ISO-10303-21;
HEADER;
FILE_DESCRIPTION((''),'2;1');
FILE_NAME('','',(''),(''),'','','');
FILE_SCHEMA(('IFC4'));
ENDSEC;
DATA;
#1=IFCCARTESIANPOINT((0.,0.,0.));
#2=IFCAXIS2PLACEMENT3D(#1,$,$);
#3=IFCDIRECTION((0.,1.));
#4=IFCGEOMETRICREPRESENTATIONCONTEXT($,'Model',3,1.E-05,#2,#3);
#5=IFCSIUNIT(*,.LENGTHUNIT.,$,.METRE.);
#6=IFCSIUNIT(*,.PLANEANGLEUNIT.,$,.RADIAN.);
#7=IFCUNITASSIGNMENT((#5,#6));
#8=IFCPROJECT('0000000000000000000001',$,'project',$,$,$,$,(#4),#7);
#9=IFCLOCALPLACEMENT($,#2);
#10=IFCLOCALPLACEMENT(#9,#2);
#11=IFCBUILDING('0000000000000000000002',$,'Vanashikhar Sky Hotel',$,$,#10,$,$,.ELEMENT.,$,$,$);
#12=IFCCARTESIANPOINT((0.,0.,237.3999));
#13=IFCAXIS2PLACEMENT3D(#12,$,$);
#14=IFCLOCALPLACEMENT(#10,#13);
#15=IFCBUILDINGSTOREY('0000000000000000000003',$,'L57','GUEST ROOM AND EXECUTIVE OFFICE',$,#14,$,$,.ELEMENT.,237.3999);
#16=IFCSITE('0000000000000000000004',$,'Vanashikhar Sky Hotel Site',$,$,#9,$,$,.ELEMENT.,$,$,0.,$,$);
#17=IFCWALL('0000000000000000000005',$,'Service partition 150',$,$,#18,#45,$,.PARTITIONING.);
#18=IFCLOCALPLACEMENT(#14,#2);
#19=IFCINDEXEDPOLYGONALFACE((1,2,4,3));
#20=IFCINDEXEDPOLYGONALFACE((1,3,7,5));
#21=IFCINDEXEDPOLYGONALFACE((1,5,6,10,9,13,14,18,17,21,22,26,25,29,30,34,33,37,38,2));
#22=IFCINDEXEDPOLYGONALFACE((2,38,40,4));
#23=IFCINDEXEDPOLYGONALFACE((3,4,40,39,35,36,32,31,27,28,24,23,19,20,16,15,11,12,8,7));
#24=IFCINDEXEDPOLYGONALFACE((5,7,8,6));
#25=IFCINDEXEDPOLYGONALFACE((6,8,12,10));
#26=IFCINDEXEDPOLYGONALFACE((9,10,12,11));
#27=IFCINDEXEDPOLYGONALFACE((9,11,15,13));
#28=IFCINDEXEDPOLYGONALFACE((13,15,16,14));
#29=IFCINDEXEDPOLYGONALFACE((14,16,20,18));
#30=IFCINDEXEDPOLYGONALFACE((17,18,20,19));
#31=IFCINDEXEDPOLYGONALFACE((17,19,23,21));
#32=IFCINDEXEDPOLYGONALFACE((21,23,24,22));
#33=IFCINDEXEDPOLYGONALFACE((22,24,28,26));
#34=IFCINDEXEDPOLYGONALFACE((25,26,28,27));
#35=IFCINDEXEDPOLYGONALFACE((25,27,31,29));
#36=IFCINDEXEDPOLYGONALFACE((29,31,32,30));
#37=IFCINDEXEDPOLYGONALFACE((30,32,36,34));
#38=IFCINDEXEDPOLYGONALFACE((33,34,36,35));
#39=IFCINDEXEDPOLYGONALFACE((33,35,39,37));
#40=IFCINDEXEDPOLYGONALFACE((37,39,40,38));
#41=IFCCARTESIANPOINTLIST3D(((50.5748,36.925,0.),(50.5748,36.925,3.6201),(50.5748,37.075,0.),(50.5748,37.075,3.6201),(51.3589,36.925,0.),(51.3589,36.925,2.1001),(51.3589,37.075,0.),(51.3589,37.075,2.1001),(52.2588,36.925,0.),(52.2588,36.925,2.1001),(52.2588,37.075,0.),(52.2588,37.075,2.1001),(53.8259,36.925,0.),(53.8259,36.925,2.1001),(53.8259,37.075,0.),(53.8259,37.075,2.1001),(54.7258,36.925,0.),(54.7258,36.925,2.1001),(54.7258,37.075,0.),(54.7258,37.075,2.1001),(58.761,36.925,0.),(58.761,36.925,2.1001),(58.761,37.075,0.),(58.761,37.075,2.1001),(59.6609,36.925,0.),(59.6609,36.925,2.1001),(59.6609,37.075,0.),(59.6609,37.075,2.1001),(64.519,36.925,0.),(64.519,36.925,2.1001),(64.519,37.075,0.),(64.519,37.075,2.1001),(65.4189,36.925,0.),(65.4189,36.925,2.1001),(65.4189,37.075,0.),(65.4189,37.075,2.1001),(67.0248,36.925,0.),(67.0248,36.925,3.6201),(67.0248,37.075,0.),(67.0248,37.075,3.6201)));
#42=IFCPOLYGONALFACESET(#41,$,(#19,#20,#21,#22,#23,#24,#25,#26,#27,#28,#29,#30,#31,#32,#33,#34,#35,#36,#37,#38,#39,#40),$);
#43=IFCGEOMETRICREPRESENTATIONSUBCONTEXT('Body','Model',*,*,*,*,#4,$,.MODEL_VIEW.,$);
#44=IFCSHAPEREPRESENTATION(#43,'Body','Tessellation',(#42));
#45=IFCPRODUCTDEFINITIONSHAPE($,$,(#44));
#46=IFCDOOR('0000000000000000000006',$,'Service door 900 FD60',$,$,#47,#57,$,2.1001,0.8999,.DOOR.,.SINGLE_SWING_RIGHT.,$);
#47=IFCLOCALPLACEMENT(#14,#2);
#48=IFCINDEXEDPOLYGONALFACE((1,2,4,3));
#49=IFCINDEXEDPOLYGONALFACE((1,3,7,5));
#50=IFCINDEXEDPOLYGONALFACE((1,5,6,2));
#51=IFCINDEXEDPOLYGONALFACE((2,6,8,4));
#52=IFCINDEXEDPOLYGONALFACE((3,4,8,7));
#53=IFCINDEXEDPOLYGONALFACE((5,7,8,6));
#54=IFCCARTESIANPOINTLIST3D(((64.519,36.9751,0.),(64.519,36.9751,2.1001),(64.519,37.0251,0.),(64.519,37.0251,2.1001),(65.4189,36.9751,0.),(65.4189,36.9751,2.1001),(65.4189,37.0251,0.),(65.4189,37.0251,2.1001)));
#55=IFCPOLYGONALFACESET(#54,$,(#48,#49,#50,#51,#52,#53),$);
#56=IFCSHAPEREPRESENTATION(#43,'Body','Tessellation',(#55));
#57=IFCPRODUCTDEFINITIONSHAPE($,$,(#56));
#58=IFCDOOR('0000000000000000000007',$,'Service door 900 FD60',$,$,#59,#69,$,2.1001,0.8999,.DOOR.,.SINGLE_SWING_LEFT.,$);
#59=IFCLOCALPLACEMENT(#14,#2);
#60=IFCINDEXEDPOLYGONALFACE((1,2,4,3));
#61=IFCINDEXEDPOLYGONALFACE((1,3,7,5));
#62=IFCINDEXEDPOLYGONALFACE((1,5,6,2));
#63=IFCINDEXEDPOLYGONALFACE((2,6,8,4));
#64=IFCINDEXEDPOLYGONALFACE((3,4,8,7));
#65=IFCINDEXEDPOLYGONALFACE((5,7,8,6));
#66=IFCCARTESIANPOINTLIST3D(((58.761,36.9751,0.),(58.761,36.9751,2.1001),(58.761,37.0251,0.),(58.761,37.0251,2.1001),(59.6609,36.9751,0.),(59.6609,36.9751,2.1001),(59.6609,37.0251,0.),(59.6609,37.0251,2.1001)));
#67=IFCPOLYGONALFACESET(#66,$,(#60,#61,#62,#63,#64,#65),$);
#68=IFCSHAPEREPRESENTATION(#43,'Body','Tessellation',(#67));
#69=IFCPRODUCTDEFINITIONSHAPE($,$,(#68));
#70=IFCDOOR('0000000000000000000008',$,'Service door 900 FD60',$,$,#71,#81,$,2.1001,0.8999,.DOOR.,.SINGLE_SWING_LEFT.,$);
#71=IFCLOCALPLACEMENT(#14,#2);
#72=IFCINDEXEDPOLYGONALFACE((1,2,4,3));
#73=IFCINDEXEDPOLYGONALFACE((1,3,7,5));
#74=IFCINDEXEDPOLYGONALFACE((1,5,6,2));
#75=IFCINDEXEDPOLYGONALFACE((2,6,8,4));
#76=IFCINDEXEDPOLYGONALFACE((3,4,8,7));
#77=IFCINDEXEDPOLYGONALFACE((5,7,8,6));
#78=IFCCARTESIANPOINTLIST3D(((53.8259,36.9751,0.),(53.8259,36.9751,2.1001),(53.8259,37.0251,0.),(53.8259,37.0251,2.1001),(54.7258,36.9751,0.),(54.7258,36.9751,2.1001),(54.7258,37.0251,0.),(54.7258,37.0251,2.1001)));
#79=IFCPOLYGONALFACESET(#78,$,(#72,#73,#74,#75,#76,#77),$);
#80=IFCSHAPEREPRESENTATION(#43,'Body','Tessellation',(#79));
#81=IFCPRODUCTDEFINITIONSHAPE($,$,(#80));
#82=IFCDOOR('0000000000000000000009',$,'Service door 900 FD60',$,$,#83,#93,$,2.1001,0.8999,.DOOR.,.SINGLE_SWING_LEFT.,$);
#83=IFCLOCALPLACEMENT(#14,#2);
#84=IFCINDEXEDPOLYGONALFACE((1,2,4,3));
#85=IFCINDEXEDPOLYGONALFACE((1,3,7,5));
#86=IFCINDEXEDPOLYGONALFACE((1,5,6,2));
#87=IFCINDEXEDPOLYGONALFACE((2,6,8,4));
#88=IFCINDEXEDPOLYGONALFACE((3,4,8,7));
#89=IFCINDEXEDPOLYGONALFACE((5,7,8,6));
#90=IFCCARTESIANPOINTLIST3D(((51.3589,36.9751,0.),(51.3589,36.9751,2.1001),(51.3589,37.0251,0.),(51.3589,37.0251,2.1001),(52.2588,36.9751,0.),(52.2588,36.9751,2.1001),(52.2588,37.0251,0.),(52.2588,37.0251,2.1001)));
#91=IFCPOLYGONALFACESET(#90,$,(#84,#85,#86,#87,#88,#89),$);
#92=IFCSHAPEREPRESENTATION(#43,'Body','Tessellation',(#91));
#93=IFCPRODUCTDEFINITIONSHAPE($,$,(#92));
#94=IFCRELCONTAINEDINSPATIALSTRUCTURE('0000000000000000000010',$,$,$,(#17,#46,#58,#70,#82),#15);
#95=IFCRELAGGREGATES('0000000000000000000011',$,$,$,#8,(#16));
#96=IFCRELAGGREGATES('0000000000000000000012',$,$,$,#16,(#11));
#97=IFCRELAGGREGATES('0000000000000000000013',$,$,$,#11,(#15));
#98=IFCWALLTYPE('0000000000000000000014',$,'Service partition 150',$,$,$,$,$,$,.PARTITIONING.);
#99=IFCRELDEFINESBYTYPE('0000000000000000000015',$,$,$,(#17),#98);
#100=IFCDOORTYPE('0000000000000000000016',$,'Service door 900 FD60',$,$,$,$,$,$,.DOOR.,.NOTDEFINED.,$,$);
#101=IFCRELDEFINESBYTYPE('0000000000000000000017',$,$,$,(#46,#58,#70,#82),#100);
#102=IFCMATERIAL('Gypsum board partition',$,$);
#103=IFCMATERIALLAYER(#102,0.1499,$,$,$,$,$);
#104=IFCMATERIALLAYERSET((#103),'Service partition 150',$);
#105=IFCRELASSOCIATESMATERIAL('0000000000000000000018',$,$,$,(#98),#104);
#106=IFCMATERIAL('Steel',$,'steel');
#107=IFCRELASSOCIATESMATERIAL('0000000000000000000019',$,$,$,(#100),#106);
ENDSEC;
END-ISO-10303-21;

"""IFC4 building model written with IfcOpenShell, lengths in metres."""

from ifc_helpers import new_model, si_unit, direction, frame, frame_2d, origin, place, context, subcontext, project, spatial, rectangle, extrude, source, transform, mapped, material, layer, layer_set, type_object, element, fill, save


model = new_model("IFC4")

# Units and contexts
model_context = context("Model", 3, precision=1e-05, world=origin(), true_north=direction((0.0, 1.0)))
body_context = subcontext(model_context, "Body", "Model", "MODEL_VIEW")
ifc_project = project(units=[si_unit("LENGTHUNIT", "METRE"), si_unit("PLANEANGLEUNIT", "RADIAN")], contexts=[model_context])

# Site, building, storey
site_placement = place(None, origin())
site = spatial("IfcSite", under=ifc_project, at=site_placement, Name="Vanashikhar Sky Hotel Site", CompositionType="ELEMENT", RefElevation=0.0)
building_placement = place(site_placement, origin())
building = spatial("IfcBuilding", under=site, at=building_placement, Name="Vanashikhar Sky Hotel", CompositionType="ELEMENT")
storey_placement = place(building_placement, frame((0.0, 0.0, 237.3999)))
storey = spatial("IfcBuildingStorey", under=building, at=storey_placement, Name="L57", Description="GUEST ROOM AND EXECUTIVE OFFICE", CompositionType="ELEMENT", Elevation=237.3999)

# Shared definitions
ifc_material_1 = material(Name="Gypsum board partition")
ifc_layer_1 = layer(ifc_material_1, 0.1499)
ifc_layer_set_1 = layer_set([ifc_layer_1], Name="Service partition 150")
wall_type_1 = type_object("IfcWallType", Name="Service partition 150", PredefinedType="PARTITIONING", material=ifc_layer_set_1)

# Wall, openings, doors
shared_shape_1 = source(origin(), body_context, "Body", "SweptSolid", [
    extrude(rectangle(XDim=0.8999, YDim=2.1001, at=frame_2d((0.45, 1.05))), frame((0.0, 0.085, 0.0), z_axis=(0.0, -1.0, 0.0), x_axis=(1.0, 0.0, 0.0)), (0.0, 0.0, 1.0), 0.1699),
])
ifc_material_2 = material(Name="Steel", Category="steel")
door_type_1 = type_object("IfcDoorType", Name="Service door 900 FD60", OperationType="NOTDEFINED", PredefinedType="DOOR", material=ifc_material_2)
shared_shape_2 = source(origin(), body_context, "Body", "SweptSolid", [
    extrude(rectangle(XDim=0.8999, YDim=2.1001, at=frame_2d((0.45, 1.05))), frame((0.0, 0.0249, 0.0), z_axis=(0.0, -1.0, 0.0), x_axis=(1.0, 0.0, 0.0)), (0.0, 0.0, 1.0), 0.05),
])
shared_shape_3 = source(origin(), body_context, "Body", "SweptSolid", [
    extrude(rectangle(XDim=16.45, YDim=0.1499, at=frame_2d((8.2251, 0.0))), origin(), (0.0, 0.0, 1.0), 3.6201),
])
wall_1_placement = place(storey_placement, frame((67.0249, 37.0, 0.0), z_axis=(0.0, 0.0, 1.0), x_axis=(-1.0, 0.0, 0.0)))
wall_1 = element("IfcWall", 1, at=wall_1_placement, inside=storey, type_object=wall_type_1, Name="Service partition 150", PredefinedType="PARTITIONING", context=body_context, shape_type="MappedRepresentation", body=[
    mapped(shared_shape_3, transform((0.0, 0.0, 0.0), scale=1.0)),
])
opening_1_placement = place(wall_1_placement, frame((1.606, 0.0, 0.0)))
opening_1 = element("IfcOpeningElement", 2, at=opening_1_placement, cuts=wall_1, PredefinedType="OPENING", context=body_context, shape_type="MappedRepresentation", body=[
    mapped(shared_shape_1, transform((0.0, 0.0, 0.0), scale=1.0)),
])
opening_2_placement = place(wall_1_placement, frame((7.364, 0.0, 0.0)))
opening_2 = element("IfcOpeningElement", 3, at=opening_2_placement, cuts=wall_1, PredefinedType="OPENING", context=body_context, shape_type="MappedRepresentation", body=[
    mapped(shared_shape_1, transform((0.0, 0.0, 0.0), scale=1.0)),
])
opening_3_placement = place(wall_1_placement, frame((12.2991, 0.0, 0.0)))
opening_3 = element("IfcOpeningElement", 4, at=opening_3_placement, cuts=wall_1, PredefinedType="OPENING", context=body_context, shape_type="MappedRepresentation", body=[
    mapped(shared_shape_1, transform((0.0, 0.0, 0.0), scale=1.0)),
])
opening_4_placement = place(wall_1_placement, frame((14.7661, 0.0, 0.0)))
opening_4 = element("IfcOpeningElement", 5, at=opening_4_placement, cuts=wall_1, PredefinedType="OPENING", context=body_context, shape_type="MappedRepresentation", body=[
    mapped(shared_shape_1, transform((0.0, 0.0, 0.0), scale=1.0)),
])
door_1_placement = place(opening_1_placement, origin())
door_1 = element("IfcDoor", 6, at=door_1_placement, inside=storey, type_object=door_type_1, Name="Service door 900 FD60", OperationType="SINGLE_SWING_RIGHT", OverallHeight=2.1001, OverallWidth=0.8999, PredefinedType="DOOR", context=body_context, shape_type="MappedRepresentation", body=[
    mapped(shared_shape_2, transform((0.0, 0.0, 0.0), scale=1.0)),
])
fill(opening_1, door_1)
door_2_placement = place(opening_2_placement, origin())
door_2 = element("IfcDoor", 7, at=door_2_placement, inside=storey, type_object=door_type_1, Name="Service door 900 FD60", OperationType="SINGLE_SWING_LEFT", OverallHeight=2.1001, OverallWidth=0.8999, PredefinedType="DOOR", context=body_context, shape_type="MappedRepresentation", body=[
    mapped(shared_shape_2, transform((0.0, 0.0, 0.0), scale=1.0)),
])
fill(opening_2, door_2)
door_3_placement = place(opening_3_placement, origin())
door_3 = element("IfcDoor", 8, at=door_3_placement, inside=storey, type_object=door_type_1, Name="Service door 900 FD60", OperationType="SINGLE_SWING_LEFT", OverallHeight=2.1001, OverallWidth=0.8999, PredefinedType="DOOR", context=body_context, shape_type="MappedRepresentation", body=[
    mapped(shared_shape_2, transform((0.0, 0.0, 0.0), scale=1.0)),
])
fill(opening_3, door_3)
door_4_placement = place(opening_4_placement, origin())
door_4 = element("IfcDoor", 9, at=door_4_placement, inside=storey, type_object=door_type_1, Name="Service door 900 FD60", OperationType="SINGLE_SWING_LEFT", OverallHeight=2.1001, OverallWidth=0.8999, PredefinedType="DOOR", context=body_context, shape_type="MappedRepresentation", body=[
    mapped(shared_shape_2, transform((0.0, 0.0, 0.0), scale=1.0)),
])
fill(opening_4, door_4)

save(model, "model.ifc")
